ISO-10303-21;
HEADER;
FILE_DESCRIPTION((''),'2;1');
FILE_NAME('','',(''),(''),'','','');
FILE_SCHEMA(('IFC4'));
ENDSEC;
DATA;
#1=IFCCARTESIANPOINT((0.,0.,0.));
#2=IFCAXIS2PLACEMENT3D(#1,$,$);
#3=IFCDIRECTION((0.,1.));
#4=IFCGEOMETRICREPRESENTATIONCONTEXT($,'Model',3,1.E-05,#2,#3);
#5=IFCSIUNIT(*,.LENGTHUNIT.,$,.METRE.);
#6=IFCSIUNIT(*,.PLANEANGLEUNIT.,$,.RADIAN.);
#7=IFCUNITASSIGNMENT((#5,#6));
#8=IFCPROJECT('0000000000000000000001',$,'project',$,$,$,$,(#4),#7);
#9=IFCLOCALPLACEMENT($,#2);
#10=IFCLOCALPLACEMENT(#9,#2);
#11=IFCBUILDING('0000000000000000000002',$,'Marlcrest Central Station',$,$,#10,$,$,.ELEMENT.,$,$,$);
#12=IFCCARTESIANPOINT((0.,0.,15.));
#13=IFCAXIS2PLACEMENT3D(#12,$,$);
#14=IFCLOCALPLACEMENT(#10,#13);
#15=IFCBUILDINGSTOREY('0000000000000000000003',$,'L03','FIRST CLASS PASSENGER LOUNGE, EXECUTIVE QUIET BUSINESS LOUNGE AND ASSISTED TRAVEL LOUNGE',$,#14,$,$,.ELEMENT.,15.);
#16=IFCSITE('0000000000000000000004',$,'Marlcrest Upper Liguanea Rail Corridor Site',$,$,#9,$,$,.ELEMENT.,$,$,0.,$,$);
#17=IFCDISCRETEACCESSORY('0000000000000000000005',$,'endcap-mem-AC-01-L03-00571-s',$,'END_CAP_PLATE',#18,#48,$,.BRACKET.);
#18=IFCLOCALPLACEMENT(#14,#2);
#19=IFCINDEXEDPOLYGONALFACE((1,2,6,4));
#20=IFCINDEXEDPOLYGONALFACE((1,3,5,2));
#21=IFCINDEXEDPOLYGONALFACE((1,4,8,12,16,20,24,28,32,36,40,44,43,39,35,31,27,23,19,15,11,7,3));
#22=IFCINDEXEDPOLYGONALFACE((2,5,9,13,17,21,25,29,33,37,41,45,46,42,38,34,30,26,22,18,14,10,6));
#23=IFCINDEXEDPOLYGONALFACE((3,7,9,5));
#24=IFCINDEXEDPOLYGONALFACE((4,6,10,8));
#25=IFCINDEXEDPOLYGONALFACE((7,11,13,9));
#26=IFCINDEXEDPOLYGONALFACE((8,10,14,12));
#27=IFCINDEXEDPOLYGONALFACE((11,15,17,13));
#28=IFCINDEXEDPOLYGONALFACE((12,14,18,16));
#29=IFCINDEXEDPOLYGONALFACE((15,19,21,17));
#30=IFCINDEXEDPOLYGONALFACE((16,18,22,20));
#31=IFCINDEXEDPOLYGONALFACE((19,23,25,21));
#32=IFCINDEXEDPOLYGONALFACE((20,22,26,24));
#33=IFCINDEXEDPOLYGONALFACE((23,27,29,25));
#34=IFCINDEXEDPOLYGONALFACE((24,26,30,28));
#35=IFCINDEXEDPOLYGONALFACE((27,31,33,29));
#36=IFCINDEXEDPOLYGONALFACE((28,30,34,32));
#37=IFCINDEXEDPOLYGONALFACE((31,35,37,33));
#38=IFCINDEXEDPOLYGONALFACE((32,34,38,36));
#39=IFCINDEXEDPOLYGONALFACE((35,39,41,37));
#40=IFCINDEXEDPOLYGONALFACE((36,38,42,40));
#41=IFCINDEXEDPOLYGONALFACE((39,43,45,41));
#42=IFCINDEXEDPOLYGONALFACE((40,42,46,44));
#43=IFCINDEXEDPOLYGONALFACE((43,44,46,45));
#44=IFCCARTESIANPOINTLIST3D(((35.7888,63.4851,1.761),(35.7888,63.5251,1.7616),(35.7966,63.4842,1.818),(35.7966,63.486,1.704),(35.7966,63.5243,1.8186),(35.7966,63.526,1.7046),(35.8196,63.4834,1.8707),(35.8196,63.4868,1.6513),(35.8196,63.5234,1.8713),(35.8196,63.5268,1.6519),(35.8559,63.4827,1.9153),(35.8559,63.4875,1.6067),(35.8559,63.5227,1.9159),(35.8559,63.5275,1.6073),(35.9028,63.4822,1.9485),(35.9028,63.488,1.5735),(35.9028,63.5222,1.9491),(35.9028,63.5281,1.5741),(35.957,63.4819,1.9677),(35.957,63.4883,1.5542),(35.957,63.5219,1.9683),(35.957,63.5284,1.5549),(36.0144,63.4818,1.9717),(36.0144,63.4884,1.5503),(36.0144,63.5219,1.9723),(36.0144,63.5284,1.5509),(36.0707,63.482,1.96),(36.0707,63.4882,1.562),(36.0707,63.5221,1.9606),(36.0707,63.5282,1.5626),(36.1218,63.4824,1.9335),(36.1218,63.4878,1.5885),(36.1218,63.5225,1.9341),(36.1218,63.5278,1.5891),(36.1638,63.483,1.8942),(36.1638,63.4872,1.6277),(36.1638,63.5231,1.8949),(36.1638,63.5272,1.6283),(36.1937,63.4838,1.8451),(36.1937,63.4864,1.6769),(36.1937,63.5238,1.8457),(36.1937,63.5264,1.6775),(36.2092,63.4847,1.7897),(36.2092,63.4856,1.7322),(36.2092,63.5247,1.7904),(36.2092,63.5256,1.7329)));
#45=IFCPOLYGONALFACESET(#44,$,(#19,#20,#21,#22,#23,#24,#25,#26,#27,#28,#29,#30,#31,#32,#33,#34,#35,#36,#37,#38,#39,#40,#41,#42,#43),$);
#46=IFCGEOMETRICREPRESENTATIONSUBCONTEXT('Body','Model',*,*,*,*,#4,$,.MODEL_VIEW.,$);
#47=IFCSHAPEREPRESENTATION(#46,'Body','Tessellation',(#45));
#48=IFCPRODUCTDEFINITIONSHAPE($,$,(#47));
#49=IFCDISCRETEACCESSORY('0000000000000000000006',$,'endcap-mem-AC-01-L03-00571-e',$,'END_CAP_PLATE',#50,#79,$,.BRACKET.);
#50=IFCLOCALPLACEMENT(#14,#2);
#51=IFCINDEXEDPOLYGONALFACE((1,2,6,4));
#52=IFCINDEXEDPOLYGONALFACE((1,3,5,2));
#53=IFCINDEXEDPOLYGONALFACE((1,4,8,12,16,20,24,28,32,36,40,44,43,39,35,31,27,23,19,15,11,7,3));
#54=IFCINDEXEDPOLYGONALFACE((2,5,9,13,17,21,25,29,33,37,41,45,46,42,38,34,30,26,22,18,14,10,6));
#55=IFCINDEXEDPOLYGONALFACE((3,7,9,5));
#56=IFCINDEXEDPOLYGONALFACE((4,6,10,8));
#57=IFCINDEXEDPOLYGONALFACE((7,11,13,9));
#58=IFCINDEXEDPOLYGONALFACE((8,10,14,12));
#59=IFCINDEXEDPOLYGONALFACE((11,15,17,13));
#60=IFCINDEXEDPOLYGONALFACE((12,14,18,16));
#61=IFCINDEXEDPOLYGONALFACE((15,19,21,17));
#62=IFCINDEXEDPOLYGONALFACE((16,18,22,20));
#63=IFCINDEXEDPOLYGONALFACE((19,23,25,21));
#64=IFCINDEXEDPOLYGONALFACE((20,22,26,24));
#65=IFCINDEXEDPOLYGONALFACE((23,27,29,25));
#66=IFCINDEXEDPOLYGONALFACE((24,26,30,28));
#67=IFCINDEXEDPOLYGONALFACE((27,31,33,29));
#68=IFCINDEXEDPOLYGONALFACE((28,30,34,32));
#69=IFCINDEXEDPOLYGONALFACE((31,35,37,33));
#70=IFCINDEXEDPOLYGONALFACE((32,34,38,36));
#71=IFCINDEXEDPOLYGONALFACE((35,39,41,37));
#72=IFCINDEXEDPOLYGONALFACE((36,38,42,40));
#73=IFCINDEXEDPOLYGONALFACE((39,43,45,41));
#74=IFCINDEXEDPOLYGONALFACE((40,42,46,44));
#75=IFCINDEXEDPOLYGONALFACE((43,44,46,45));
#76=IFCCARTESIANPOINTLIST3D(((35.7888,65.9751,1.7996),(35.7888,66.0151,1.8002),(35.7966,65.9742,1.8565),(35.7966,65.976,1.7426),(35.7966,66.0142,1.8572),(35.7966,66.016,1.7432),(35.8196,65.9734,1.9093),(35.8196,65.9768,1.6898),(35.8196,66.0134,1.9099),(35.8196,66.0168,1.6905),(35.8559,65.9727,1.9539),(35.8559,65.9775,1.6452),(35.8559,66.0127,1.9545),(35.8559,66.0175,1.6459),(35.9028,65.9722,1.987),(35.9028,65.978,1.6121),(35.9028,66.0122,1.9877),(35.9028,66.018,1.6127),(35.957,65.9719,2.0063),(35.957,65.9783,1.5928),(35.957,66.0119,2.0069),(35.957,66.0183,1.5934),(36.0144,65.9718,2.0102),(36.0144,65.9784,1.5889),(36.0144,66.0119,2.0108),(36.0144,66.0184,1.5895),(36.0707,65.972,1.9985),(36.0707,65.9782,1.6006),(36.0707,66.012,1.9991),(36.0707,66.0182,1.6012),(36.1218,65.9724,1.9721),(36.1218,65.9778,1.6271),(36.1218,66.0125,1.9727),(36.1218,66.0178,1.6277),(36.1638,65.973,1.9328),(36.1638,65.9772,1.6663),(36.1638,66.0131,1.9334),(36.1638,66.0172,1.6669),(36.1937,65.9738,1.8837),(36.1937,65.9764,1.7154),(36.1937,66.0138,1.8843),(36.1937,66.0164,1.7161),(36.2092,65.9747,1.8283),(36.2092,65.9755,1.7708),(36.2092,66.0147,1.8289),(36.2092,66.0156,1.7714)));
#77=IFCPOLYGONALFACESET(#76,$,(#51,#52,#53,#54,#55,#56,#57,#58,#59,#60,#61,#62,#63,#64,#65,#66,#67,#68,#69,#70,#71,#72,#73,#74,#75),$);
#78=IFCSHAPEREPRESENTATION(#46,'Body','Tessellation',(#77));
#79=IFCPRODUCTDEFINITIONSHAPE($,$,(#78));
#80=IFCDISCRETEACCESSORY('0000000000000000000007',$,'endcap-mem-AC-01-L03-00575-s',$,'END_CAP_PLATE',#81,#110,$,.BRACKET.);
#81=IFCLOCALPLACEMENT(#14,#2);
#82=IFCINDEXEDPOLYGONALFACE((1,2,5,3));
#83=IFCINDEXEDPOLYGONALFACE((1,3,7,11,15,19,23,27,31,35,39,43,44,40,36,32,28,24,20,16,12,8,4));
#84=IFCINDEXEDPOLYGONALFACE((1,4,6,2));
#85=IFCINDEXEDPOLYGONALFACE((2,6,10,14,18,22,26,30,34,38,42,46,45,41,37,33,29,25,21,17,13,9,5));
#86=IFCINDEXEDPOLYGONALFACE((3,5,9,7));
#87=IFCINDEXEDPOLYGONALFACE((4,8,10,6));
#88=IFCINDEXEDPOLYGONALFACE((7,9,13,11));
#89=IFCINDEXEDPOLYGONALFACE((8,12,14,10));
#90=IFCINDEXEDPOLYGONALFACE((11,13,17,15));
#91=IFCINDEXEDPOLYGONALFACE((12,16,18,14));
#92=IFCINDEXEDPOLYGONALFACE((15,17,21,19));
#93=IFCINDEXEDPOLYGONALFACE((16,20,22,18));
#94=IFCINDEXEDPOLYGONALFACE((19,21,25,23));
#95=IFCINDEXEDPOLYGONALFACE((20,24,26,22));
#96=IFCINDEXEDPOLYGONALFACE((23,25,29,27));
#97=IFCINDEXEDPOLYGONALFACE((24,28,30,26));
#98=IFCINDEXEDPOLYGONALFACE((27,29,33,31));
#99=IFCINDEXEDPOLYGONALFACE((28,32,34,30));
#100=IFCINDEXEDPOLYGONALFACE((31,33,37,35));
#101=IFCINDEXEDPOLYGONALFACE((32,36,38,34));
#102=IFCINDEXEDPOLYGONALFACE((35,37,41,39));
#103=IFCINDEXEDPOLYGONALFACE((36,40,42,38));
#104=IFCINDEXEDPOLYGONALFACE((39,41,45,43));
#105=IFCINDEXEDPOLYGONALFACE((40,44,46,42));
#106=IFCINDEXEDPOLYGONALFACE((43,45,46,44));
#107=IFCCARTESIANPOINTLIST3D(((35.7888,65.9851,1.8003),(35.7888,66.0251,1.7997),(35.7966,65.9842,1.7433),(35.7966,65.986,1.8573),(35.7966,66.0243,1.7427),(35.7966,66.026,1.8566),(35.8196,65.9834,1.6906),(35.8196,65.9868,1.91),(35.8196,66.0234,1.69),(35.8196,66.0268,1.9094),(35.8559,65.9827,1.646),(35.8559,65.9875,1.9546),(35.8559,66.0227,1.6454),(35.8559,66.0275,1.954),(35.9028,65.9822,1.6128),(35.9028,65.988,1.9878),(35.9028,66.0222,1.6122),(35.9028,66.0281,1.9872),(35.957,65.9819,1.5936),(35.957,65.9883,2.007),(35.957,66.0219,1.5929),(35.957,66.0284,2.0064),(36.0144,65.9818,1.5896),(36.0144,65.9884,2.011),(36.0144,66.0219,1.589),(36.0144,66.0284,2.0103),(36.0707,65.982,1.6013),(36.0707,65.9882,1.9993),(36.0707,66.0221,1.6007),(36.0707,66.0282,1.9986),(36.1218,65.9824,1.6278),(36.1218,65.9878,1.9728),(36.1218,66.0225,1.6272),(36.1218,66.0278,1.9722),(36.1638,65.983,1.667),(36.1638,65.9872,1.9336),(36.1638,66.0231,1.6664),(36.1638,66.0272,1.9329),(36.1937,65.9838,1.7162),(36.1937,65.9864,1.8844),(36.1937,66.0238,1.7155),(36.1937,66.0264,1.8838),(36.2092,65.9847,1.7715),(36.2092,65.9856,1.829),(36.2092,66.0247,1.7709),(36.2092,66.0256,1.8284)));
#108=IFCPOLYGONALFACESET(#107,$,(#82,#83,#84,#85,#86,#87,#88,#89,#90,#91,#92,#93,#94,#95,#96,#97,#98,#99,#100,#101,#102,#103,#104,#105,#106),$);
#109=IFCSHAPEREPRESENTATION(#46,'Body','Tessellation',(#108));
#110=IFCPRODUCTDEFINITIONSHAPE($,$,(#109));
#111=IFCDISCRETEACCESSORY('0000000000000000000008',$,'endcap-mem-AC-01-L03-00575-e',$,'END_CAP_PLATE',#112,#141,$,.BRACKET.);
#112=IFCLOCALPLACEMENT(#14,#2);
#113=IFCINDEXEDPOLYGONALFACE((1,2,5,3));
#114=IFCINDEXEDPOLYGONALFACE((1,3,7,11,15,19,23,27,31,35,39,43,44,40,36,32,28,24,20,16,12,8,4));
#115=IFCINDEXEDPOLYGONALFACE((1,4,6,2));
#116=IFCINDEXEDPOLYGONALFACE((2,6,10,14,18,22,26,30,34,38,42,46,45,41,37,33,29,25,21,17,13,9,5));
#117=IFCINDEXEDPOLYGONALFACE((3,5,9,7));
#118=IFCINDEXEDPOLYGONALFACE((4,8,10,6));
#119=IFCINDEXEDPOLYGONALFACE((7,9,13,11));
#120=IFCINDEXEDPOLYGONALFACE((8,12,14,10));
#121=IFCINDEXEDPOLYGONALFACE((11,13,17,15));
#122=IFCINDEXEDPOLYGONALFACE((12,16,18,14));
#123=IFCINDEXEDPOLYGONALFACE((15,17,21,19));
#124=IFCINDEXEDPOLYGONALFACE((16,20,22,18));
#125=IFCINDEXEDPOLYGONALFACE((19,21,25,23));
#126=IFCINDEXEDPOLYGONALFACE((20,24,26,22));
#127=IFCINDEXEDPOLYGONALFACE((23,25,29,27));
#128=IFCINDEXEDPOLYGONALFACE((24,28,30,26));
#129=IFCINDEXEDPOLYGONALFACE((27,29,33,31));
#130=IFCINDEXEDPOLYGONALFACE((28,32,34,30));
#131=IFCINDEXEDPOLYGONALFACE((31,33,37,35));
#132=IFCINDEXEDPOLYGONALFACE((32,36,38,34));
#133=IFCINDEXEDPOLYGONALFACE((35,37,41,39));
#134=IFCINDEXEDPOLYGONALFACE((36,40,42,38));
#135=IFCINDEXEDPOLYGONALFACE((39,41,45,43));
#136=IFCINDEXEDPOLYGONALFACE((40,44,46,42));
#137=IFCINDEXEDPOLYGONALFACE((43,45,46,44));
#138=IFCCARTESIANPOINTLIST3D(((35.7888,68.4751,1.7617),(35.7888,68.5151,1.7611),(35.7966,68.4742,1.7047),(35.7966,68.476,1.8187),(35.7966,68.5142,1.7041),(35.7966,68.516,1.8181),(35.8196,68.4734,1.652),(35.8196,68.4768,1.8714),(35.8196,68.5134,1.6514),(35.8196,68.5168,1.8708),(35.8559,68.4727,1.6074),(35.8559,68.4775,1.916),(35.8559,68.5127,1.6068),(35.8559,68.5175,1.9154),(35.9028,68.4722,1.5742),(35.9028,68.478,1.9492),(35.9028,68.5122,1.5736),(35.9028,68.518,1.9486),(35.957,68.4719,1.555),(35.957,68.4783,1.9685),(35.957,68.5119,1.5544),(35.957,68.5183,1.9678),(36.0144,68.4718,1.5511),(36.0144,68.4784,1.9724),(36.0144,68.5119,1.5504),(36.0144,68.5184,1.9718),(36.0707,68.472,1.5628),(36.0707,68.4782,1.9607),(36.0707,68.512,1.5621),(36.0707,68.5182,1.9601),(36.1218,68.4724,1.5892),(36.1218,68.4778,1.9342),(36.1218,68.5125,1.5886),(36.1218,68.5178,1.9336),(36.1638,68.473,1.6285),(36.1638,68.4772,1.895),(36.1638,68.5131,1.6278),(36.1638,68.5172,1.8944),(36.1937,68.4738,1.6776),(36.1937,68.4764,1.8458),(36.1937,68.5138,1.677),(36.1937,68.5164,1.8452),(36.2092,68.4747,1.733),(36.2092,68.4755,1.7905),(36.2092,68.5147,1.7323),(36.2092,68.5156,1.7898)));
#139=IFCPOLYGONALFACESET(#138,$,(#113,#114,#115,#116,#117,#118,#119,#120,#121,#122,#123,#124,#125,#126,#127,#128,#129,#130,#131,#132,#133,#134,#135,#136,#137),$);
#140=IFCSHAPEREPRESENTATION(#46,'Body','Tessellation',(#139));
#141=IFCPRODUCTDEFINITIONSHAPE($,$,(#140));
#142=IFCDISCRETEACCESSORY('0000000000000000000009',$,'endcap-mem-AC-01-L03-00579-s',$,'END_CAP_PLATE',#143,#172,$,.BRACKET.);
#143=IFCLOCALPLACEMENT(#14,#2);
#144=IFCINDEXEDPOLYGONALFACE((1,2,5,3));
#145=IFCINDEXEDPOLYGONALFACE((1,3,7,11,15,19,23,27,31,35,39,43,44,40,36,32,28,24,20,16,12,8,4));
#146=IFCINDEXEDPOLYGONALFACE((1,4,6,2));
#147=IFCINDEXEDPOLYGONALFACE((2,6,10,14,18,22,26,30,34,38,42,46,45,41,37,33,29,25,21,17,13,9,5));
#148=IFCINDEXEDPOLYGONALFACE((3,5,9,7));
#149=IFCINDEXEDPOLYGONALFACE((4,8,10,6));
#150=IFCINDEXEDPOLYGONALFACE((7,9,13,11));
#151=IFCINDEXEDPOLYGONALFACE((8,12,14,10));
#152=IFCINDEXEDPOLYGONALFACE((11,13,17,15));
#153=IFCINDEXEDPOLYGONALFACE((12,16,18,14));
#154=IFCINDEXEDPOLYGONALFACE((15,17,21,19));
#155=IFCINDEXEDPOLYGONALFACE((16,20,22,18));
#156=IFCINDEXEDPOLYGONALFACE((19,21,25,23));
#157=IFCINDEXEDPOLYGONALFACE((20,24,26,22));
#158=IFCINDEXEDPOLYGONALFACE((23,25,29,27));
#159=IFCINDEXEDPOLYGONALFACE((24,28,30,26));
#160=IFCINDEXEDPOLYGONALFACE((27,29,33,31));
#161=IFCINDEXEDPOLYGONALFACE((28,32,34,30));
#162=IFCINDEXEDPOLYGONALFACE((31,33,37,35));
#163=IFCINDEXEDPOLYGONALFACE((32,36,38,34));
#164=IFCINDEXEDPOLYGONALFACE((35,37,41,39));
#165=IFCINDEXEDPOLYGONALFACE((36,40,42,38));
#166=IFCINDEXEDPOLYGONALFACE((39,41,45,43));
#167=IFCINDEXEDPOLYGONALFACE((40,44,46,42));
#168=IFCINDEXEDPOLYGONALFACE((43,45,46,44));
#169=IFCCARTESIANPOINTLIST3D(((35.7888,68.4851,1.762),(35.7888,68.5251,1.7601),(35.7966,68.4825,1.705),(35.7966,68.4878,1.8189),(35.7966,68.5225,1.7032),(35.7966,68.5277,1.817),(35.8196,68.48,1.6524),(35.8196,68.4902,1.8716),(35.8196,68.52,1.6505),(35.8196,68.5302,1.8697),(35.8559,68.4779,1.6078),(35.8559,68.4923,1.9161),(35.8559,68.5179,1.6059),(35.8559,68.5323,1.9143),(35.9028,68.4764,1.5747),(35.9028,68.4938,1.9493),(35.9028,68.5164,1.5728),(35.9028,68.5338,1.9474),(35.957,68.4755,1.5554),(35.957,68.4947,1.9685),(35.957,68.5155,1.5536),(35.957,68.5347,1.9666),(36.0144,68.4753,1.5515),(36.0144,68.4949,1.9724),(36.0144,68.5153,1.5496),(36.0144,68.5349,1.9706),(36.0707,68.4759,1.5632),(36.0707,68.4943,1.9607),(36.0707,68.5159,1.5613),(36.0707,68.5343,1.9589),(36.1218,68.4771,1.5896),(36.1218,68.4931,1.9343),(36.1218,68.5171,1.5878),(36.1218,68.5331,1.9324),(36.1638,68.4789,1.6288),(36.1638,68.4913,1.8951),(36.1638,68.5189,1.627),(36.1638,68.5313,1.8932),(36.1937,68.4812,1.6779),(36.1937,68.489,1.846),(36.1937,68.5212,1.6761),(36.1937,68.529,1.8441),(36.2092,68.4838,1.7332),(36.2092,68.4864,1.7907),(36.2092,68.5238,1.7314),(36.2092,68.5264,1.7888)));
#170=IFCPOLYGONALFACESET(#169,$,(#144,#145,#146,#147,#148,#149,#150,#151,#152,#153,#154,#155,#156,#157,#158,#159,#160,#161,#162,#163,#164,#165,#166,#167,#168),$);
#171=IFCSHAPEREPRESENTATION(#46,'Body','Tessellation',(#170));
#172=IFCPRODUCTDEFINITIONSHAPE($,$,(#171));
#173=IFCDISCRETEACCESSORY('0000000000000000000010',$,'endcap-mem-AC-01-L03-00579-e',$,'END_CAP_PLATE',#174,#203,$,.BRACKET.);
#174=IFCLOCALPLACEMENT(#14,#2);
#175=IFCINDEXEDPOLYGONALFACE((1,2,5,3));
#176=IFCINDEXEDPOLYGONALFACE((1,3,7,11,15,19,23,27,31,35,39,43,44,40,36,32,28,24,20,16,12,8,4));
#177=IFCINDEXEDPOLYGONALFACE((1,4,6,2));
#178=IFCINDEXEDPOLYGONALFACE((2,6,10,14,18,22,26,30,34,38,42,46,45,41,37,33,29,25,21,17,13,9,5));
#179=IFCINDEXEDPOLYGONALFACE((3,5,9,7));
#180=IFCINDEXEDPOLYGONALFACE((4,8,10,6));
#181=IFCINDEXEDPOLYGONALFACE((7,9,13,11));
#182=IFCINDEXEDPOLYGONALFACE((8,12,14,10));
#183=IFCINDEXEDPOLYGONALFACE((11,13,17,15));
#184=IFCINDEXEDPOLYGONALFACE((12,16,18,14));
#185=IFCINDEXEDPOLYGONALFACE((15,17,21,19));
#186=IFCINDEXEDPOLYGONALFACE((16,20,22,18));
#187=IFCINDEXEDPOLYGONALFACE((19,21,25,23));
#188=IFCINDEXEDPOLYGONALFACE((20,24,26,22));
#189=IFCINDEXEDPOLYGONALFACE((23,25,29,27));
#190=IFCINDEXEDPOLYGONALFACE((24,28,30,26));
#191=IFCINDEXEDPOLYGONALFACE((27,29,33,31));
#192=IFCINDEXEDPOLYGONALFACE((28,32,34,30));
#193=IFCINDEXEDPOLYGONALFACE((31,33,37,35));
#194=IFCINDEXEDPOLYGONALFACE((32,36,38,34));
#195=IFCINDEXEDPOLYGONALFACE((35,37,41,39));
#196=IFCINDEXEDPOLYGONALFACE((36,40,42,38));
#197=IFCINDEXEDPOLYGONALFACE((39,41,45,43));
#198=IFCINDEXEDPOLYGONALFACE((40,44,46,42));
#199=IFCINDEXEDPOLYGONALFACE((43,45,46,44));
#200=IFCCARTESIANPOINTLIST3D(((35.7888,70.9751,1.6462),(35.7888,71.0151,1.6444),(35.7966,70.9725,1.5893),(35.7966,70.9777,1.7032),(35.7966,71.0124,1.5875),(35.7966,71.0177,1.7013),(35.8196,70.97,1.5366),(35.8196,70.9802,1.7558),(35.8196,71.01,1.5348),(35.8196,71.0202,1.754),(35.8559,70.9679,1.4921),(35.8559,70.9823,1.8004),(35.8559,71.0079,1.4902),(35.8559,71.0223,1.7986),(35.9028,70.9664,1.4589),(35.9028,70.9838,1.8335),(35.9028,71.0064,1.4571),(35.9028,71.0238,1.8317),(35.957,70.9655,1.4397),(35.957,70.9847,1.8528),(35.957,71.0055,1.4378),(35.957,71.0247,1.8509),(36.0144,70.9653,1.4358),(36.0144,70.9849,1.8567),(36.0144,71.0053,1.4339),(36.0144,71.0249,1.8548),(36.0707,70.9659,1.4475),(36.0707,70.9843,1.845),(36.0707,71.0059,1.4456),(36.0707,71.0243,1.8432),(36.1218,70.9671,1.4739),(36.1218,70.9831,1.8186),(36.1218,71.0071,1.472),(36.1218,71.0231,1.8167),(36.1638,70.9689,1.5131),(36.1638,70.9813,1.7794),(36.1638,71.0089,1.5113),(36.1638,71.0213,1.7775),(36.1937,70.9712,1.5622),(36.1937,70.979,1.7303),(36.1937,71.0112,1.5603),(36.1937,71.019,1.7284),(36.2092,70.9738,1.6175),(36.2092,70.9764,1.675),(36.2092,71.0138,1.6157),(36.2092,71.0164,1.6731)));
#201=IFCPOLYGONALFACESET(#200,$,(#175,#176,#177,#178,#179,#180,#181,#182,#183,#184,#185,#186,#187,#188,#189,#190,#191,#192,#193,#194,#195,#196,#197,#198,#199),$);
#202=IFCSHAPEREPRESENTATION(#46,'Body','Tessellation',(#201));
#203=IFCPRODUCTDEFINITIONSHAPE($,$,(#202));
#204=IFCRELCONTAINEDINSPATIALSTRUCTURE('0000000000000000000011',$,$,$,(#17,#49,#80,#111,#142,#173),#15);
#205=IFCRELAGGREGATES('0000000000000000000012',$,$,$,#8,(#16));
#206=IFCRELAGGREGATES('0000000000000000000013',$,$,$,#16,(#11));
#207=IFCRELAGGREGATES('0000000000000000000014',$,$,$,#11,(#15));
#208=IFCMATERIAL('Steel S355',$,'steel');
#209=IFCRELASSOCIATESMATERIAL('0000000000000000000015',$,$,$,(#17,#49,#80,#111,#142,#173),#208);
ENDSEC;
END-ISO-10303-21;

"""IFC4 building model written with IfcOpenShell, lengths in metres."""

from ifc_helpers import new_model, si_unit, direction, frame, origin, origin_2d, place, context, subcontext, project, spatial, circle, extrude, material, element, save


model = new_model("IFC4")

# Units and contexts
model_context = context("Model", 3, precision=1e-05, world=origin(), true_north=direction((0.0, 1.0)))
body_context = subcontext(model_context, "Body", "Model", "MODEL_VIEW")
ifc_project = project(units=[si_unit("LENGTHUNIT", "METRE"), si_unit("PLANEANGLEUNIT", "RADIAN")], contexts=[model_context])

# Site, building, storey
site_placement = place(None, origin())
site = spatial("IfcSite", under=ifc_project, at=site_placement, Name="Marlcrest Upper Liguanea Rail Corridor Site", CompositionType="ELEMENT", RefElevation=0.0)
building_placement = place(site_placement, origin())
building = spatial("IfcBuilding", under=site, at=building_placement, Name="Marlcrest Central Station", CompositionType="ELEMENT")
storey_placement = place(building_placement, frame((0.0, 0.0, 15.0)))
storey = spatial("IfcBuildingStorey", under=building, at=storey_placement, Name="L03", Description="FIRST CLASS PASSENGER LOUNGE, EXECUTIVE QUIET BUSINESS LOUNGE AND ASSISTED TRAVEL LOUNGE", CompositionType="ELEMENT", Elevation=15.0)

# Shared definitions
ifc_material_1 = material(Name="Steel S355", Category="steel")

# Discrete accessories
for number, where, z_axis, x_axis, name in (
    (1, (36.0, 63.4851, 1.761), (0.0, 0.999879, 0.015525), (-1.0, 0.0, 0.0), "endcap-mem-AC-01-L03-00571-s"),
    (2, (36.0, 65.9751, 1.7996), (0.0, 0.999879, 0.015525), (-1.0, 0.0, 0.0), "endcap-mem-AC-01-L03-00571-e"),
    (3, (36.0, 65.9851, 1.8003), (0.0, 0.999879, -0.015525), (-1.0, 0.0, 0.0), "endcap-mem-AC-01-L03-00575-s"),
    (4, (36.0, 68.4751, 1.7617), (0.0, 0.999879, -0.015525), (-1.0, 0.0, 0.0), "endcap-mem-AC-01-L03-00575-e"),
    (5, (36.0, 68.4851, 1.762), (0.0, 0.998921, -0.046434), (-1.0, 0.0, 0.0), "endcap-mem-AC-01-L03-00579-s"),
    (6, (36.0, 70.9751, 1.6462), (0.0, 0.998921, -0.046434), (-1.0, 0.0, 0.0), "endcap-mem-AC-01-L03-00579-e"),
):
    element("IfcDiscreteAccessory", number, at=place(storey_placement, frame(where, z_axis=z_axis, x_axis=x_axis)), inside=storey, material=ifc_material_1, Name=name, ObjectType="END_CAP_PLATE", PredefinedType="BRACKET", context=body_context, shape_type="SweptSolid", body=[
        extrude(circle(Radius=0.2112, at=origin_2d()), origin(), (0.0, 0.0, 1.0), 0.04),
    ])

save(model, "model.ifc")
